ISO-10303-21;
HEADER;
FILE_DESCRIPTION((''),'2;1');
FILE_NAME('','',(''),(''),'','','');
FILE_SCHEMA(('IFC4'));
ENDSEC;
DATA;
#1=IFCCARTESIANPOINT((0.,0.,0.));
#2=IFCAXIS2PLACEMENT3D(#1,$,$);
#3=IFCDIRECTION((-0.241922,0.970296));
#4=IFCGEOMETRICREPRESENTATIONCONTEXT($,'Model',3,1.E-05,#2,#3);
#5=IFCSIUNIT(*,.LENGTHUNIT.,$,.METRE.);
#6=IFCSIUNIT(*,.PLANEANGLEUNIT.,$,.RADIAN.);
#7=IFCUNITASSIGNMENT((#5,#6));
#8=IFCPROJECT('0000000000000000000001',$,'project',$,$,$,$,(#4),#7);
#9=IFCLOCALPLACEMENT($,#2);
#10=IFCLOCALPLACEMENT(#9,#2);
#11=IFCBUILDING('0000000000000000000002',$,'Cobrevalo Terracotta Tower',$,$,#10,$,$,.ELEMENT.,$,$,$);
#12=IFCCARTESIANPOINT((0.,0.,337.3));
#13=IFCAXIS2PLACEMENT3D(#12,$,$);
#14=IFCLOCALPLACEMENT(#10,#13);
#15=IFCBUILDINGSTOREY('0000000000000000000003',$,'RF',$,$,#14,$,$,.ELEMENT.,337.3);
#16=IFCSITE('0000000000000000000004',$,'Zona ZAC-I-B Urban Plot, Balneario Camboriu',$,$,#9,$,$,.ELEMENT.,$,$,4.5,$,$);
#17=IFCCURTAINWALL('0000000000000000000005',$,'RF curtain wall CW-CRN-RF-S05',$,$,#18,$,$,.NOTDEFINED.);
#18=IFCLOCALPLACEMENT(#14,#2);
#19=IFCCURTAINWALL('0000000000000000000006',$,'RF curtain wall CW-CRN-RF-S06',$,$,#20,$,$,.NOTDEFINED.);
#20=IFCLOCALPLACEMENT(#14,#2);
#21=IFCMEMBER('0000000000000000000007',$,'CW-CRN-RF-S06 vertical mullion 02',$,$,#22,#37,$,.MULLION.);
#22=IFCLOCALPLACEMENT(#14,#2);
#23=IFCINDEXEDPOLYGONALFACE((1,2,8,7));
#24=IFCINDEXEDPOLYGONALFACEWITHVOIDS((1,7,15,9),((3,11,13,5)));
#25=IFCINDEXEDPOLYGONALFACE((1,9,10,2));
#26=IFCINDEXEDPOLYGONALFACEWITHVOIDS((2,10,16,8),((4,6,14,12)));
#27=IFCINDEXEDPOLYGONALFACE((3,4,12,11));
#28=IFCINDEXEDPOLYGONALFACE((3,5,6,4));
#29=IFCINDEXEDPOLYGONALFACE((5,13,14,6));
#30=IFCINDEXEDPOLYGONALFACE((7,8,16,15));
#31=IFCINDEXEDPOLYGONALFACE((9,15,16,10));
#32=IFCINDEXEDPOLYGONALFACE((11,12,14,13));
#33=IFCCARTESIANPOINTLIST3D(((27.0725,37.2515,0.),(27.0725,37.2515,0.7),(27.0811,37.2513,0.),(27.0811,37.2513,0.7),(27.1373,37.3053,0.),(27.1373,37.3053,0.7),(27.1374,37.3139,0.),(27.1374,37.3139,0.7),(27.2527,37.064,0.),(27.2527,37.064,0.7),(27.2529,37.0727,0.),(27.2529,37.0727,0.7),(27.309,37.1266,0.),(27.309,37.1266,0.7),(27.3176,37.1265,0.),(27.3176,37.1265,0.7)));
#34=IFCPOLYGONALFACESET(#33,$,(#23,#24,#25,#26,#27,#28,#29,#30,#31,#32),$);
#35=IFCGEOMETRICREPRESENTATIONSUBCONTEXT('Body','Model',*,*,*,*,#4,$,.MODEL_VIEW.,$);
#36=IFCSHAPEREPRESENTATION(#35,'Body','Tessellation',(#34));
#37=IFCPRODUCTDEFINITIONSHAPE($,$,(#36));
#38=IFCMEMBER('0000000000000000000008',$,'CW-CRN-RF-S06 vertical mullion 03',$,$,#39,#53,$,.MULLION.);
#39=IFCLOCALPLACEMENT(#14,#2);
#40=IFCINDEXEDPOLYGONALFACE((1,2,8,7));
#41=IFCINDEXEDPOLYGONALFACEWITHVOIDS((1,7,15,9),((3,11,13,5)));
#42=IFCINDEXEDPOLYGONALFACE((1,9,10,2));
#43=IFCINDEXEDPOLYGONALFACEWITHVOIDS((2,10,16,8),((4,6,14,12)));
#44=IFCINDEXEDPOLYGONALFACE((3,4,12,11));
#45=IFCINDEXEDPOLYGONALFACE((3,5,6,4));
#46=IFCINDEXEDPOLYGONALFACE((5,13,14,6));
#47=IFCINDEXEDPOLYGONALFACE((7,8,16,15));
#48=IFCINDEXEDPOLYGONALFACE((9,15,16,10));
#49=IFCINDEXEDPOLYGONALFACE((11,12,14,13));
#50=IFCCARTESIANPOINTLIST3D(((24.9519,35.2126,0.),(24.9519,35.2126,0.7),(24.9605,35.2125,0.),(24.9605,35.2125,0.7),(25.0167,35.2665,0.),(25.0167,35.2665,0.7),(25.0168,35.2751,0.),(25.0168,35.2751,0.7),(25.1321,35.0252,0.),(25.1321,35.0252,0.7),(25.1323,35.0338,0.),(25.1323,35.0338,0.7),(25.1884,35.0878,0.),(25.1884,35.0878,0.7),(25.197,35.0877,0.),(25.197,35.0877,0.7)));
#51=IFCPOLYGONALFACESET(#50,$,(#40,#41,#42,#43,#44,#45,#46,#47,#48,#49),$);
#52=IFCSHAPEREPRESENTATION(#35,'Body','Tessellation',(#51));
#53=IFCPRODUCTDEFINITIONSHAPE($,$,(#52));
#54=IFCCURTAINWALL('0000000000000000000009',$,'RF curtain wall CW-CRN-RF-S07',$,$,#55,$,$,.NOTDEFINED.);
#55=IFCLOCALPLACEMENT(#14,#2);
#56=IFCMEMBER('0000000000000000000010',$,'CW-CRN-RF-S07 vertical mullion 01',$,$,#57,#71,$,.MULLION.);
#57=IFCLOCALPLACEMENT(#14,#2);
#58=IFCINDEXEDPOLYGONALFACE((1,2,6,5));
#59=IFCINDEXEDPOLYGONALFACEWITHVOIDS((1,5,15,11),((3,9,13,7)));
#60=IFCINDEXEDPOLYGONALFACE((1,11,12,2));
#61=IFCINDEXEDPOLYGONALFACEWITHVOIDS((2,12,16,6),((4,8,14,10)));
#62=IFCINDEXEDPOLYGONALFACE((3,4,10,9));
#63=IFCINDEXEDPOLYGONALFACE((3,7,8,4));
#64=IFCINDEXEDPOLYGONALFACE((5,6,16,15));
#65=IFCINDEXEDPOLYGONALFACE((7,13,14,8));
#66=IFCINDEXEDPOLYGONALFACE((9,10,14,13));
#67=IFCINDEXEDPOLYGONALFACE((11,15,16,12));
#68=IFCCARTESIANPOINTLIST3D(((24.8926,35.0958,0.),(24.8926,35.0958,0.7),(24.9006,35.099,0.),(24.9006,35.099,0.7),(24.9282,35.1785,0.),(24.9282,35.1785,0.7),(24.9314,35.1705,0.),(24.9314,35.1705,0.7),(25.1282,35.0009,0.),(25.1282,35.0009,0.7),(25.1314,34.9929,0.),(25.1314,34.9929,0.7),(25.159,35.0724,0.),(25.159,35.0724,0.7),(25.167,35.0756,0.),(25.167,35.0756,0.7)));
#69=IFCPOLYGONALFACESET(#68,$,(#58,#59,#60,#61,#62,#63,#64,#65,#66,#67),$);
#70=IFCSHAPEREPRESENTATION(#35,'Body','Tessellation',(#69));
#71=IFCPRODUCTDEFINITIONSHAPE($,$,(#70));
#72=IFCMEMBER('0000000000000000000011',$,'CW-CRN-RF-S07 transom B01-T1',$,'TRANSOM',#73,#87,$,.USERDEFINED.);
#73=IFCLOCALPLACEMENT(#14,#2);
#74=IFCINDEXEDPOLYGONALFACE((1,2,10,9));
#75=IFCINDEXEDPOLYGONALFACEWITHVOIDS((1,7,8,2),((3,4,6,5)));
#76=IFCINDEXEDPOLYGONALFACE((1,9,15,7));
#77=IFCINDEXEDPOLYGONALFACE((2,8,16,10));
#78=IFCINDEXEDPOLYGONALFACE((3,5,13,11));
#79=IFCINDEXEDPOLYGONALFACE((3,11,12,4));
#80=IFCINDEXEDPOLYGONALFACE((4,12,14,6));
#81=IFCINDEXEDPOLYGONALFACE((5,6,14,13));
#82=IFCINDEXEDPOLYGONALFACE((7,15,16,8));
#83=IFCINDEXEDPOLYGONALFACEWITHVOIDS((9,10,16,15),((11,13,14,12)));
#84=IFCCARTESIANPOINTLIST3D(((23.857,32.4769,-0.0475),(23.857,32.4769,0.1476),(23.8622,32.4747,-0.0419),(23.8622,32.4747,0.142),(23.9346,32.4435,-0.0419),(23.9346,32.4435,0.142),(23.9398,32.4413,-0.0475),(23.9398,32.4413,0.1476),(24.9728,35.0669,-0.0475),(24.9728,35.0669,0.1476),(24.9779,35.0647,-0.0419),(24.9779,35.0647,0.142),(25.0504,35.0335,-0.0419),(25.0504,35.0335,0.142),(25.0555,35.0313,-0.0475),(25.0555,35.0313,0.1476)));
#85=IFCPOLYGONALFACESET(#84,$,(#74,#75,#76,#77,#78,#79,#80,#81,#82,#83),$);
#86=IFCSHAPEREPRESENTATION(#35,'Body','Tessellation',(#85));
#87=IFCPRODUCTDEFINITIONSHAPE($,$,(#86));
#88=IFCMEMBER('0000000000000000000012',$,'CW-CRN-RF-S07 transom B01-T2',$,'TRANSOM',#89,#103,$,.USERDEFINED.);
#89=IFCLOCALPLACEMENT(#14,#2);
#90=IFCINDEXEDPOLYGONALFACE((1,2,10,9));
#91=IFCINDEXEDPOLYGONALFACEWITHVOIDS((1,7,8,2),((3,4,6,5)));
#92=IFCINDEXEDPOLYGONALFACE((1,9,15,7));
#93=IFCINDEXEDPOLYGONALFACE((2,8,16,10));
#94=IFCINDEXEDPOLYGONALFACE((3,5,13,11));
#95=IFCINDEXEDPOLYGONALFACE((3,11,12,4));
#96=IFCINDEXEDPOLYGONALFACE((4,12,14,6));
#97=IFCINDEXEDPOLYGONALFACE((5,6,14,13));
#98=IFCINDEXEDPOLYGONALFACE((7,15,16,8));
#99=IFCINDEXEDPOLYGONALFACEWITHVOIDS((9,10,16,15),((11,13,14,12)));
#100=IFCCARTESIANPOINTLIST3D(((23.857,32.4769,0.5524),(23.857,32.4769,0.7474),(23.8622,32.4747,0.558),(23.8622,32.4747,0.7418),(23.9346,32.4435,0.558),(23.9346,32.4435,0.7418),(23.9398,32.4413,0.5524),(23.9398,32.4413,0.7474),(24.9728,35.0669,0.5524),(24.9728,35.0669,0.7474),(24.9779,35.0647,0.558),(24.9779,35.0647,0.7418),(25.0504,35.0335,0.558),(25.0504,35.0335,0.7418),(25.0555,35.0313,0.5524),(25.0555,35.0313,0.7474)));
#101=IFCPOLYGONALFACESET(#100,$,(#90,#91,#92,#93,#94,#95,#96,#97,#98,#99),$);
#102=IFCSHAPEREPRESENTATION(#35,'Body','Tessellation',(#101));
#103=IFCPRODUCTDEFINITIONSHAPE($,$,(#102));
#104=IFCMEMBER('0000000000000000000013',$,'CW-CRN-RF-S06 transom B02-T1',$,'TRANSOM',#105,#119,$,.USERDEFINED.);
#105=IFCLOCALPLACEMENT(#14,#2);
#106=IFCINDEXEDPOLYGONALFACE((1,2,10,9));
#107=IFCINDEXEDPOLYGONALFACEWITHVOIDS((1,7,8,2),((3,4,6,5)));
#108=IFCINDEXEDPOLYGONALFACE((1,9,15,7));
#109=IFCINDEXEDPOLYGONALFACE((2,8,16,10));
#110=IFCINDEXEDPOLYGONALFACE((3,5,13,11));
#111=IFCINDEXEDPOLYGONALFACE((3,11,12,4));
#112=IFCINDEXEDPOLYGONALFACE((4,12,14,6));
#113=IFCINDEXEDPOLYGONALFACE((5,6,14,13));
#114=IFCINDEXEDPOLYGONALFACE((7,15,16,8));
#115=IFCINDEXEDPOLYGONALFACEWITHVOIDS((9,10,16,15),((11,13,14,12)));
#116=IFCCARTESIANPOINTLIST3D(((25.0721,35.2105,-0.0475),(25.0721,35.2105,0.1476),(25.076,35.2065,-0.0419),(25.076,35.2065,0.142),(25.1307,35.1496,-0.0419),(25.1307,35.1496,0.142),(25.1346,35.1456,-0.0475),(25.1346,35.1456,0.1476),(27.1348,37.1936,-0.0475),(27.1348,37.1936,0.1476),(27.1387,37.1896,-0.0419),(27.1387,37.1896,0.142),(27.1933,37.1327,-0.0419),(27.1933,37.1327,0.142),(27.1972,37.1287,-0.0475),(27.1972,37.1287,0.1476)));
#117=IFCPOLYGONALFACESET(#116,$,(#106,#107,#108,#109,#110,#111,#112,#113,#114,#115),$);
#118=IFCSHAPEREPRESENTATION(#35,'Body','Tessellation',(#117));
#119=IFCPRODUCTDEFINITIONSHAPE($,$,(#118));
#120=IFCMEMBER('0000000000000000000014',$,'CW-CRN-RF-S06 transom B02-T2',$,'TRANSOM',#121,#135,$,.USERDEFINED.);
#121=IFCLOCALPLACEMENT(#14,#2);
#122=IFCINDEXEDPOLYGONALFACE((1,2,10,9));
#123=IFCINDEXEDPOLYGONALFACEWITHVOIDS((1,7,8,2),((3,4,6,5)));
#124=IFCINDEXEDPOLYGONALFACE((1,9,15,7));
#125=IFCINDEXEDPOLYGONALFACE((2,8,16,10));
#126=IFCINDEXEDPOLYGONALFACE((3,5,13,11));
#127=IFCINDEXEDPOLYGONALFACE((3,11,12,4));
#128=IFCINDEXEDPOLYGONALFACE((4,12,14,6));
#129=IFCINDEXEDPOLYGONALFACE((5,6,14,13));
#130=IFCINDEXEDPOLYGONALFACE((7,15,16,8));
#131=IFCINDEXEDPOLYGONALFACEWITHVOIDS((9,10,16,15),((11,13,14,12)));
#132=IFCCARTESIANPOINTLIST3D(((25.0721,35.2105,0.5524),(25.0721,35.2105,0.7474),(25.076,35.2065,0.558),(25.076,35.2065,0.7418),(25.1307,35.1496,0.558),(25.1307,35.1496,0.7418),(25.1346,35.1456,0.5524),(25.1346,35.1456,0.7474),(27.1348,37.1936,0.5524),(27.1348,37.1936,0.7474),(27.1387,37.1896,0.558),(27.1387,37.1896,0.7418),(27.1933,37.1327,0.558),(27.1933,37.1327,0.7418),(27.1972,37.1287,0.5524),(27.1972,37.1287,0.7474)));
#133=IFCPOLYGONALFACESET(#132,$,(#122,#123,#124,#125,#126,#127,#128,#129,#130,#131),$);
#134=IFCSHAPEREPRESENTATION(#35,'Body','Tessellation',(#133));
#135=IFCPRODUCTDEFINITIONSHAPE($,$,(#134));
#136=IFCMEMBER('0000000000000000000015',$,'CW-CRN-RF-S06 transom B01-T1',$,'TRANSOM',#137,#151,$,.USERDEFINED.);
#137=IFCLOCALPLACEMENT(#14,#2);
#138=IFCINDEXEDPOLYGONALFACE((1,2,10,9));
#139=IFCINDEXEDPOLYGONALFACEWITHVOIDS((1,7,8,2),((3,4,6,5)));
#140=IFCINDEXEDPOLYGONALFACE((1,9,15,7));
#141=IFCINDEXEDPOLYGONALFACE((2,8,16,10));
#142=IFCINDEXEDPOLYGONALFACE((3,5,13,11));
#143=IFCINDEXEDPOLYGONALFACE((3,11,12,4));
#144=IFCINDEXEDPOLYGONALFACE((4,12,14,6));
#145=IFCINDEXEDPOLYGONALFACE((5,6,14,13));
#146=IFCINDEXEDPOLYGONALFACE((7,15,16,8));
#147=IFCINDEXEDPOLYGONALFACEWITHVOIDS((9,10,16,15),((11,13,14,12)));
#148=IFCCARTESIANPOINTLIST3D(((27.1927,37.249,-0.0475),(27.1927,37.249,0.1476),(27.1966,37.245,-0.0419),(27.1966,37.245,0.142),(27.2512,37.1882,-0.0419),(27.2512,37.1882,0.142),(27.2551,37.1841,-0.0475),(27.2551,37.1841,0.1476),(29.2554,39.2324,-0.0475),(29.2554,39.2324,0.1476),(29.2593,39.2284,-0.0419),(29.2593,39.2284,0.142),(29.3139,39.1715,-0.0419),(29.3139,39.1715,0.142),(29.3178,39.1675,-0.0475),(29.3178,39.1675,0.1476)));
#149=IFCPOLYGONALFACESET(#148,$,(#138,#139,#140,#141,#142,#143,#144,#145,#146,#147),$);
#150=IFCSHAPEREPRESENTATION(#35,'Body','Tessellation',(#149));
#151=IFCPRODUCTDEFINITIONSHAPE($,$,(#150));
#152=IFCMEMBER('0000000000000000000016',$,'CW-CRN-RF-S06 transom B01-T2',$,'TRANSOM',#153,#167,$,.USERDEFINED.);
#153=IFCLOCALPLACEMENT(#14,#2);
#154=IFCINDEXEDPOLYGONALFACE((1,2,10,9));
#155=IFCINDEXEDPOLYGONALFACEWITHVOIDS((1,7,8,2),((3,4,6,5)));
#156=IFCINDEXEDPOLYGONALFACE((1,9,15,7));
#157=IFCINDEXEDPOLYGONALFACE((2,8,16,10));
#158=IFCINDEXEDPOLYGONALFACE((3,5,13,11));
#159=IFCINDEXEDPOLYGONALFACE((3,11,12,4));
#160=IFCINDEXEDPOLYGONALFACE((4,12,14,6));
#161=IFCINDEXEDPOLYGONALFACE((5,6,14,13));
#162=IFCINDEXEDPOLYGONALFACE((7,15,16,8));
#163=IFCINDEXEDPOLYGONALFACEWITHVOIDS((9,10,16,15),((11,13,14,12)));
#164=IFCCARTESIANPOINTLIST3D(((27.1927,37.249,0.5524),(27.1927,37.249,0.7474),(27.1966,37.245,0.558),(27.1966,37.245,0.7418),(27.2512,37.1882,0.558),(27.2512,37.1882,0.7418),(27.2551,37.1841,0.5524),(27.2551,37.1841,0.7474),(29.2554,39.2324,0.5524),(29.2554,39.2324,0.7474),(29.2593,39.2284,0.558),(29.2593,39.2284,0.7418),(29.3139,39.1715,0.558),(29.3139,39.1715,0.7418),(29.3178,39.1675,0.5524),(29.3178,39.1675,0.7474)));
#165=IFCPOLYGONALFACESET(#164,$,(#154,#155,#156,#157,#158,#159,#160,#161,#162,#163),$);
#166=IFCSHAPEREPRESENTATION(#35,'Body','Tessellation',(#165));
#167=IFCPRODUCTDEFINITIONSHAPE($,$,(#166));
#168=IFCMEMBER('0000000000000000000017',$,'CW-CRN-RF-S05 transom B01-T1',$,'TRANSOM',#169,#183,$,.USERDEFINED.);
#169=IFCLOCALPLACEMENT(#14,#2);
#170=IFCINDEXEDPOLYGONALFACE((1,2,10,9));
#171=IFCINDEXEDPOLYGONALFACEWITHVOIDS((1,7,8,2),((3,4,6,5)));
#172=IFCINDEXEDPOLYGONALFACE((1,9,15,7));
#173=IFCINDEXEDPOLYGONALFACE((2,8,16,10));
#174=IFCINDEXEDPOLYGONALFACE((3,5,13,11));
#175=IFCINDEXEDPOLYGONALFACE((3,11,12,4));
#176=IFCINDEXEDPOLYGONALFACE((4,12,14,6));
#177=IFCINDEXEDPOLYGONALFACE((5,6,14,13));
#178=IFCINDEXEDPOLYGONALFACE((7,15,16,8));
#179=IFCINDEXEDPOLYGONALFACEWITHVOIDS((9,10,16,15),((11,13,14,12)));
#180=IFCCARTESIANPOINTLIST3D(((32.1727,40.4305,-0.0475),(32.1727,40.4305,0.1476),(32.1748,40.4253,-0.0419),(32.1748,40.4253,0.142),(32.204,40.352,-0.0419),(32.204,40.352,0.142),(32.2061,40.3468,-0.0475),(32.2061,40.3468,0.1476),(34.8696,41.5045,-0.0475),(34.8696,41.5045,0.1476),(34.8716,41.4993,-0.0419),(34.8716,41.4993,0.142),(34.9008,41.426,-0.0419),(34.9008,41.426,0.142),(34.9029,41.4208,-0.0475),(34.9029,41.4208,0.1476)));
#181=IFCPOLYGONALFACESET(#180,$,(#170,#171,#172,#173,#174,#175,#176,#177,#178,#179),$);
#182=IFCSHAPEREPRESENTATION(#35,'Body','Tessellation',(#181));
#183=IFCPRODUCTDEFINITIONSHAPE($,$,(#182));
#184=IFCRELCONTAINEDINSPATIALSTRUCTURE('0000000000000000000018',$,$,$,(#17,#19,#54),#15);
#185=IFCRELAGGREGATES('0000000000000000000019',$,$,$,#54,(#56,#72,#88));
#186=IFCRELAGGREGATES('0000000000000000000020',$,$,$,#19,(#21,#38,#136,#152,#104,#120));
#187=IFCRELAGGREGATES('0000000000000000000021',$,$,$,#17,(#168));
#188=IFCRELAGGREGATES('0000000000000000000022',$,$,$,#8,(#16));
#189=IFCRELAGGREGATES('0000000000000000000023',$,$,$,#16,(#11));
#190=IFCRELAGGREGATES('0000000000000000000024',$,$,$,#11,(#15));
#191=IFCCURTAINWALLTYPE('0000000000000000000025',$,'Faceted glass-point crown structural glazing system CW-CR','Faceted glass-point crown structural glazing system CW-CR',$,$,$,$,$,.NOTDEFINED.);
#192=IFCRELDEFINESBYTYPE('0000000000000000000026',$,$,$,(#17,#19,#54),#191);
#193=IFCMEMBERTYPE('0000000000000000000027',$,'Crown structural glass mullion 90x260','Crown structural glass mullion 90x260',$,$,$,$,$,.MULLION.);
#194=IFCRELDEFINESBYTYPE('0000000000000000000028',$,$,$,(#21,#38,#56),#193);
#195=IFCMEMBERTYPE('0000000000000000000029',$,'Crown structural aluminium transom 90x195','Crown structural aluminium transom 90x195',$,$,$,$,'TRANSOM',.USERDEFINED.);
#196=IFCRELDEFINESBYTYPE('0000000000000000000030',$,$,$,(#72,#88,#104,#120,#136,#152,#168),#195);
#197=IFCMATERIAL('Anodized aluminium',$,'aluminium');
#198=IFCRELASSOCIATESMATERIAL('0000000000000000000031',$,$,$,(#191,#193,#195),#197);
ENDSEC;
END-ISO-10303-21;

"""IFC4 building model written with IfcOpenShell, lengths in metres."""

from ifc_helpers import new_model, si_unit, direction, frame, origin, origin_2d, place, context, subcontext, project, spatial, hollow_rectangle, extrude, source, transform, mapped, material, material_profile, profile_set, type_object, element, aggregate, save


model = new_model("IFC4")

# Units and contexts
model_context = context("Model", 3, precision=1e-05, world=origin(), true_north=direction((-0.241922, 0.970296)))
body_context = subcontext(model_context, "Body", "Model", "MODEL_VIEW")
ifc_project = project(units=[si_unit("LENGTHUNIT", "METRE"), si_unit("PLANEANGLEUNIT", "RADIAN")], contexts=[model_context])

# Site, building, storey
site_placement = place(None, origin())
site = spatial("IfcSite", under=ifc_project, at=site_placement, Name="Zona ZAC-I-B Urban Plot, Balneario Camboriu", CompositionType="ELEMENT", RefElevation=4.5)
building_placement = place(site_placement, origin())
building = spatial("IfcBuilding", under=site, at=building_placement, Name="Cobrevalo Terracotta Tower", CompositionType="ELEMENT")
storey_placement = place(building_placement, frame((0.0, 0.0, 337.3)))
storey = spatial("IfcBuildingStorey", under=building, at=storey_placement, Name="RF", CompositionType="ELEMENT", Elevation=337.3)

# Shared definitions
ifc_material_1 = material(Name="Anodized aluminium", Category="aluminium")
curtain_wall_type = type_object("IfcCurtainWallType", Name="Faceted glass-point crown structural glazing system CW-CR", Description="Faceted glass-point crown structural glazing system CW-CR", PredefinedType="NOTDEFINED", material=ifc_material_1)
ifc_material_profile_1 = material_profile(ifc_material_1, hollow_rectangle(XDim=0.0901, YDim=0.26, WallThickness=0.0061, at=origin_2d()), Name="CWM 90x260")
ifc_profile_set_1 = profile_set([ifc_material_profile_1], Name="Anodized aluminium")
member_type_1 = type_object("IfcMemberType", Name="Crown structural glass mullion 90x260", Description="Crown structural glass mullion 90x260", PredefinedType="MULLION", material=ifc_profile_set_1)
shared_shape_1 = source(origin(), body_context, "Body", "SweptSolid", [
    extrude(hollow_rectangle(XDim=0.0901, YDim=0.26, WallThickness=0.0061, at=origin_2d()), origin(), (0.0, 0.0, 1.0), 0.7),
])

# Curtain walls, members
curtain_wall_1_placement = place(storey_placement, origin())
curtain_wall_1 = element("IfcCurtainWall", 1, at=curtain_wall_1_placement, inside=storey, type_object=curtain_wall_type, Name="RF curtain wall CW-CRN-RF-S05", PredefinedType="NOTDEFINED")
curtain_wall_2_placement = place(storey_placement, origin())
curtain_wall_2 = element("IfcCurtainWall", 2, at=curtain_wall_2_placement, inside=storey, type_object=curtain_wall_type, Name="RF curtain wall CW-CRN-RF-S06", PredefinedType="NOTDEFINED")
member_1_placement = place(storey_placement, frame((27.1951, 37.189, 0.0), z_axis=(0.0, 0.0, 1.0), x_axis=(-0.720854, -0.693087, 0.0)))
member_1 = element("IfcMember", 3, at=member_1_placement, type_object=member_type_1, Name="CW-CRN-RF-S06 vertical mullion 02", PredefinedType="MULLION", context=body_context, shape_type="MappedRepresentation", body=[
    mapped(shared_shape_1, transform((0.0, 0.0, 0.0), scale=1.0)),
])
member_2_placement = place(storey_placement, frame((25.0745, 35.1501, 0.0), z_axis=(0.0, 0.0, 1.0), x_axis=(-0.720854, -0.693087, 0.0)))
member_2 = element("IfcMember", 4, at=member_2_placement, type_object=member_type_1, Name="CW-CRN-RF-S06 vertical mullion 03", PredefinedType="MULLION", context=body_context, shape_type="MappedRepresentation", body=[
    mapped(shared_shape_1, transform((0.0, 0.0, 0.0), scale=1.0)),
])
curtain_wall_3_placement = place(storey_placement, origin())
curtain_wall_3 = element("IfcCurtainWall", 5, at=curtain_wall_3_placement, inside=storey, type_object=curtain_wall_type, Name="RF curtain wall CW-CRN-RF-S07", PredefinedType="NOTDEFINED")
member_3_placement = place(storey_placement, frame((25.0298, 35.0857, 0.0), z_axis=(0.0, 0.0, 1.0), x_axis=(-0.395658, -0.918398, 0.0)))
member_3 = element("IfcMember", 6, at=member_3_placement, type_object=member_type_1, Name="CW-CRN-RF-S07 vertical mullion 01", PredefinedType="MULLION", context=body_context, shape_type="MappedRepresentation", body=[
    mapped(shared_shape_1, transform((0.0, 0.0, 0.0), scale=1.0)),
])
ifc_material_profile_2 = material_profile(ifc_material_1, hollow_rectangle(XDim=0.0901, YDim=0.1951, WallThickness=0.0056, at=origin_2d()), Name="CWT 90x195")
ifc_profile_set_2 = profile_set([ifc_material_profile_2], Name="Anodized aluminium")
member_type_2 = type_object("IfcMemberType", Name="Crown structural aluminium transom 90x195", Description="Crown structural aluminium transom 90x195", ElementType="TRANSOM", PredefinedType="USERDEFINED", material=ifc_profile_set_2)
shared_shape_2 = source(origin(), body_context, "Body", "SweptSolid", [
    extrude(hollow_rectangle(XDim=0.0901, YDim=0.1951, WallThickness=0.0056, at=origin_2d()), origin(), (0.0, 0.0, 1.0), 2.8201),
])
member_4_placement = place(storey_placement, frame((25.0142, 35.0491, 0.05), z_axis=(-0.395653, -0.9184, 0.0), x_axis=(0.9184, -0.395653, 0.0)))
member_4 = element("IfcMember", 7, at=member_4_placement, type_object=member_type_2, Name="CW-CRN-RF-S07 transom B01-T1", ObjectType="TRANSOM", PredefinedType="USERDEFINED", context=body_context, shape_type="MappedRepresentation", body=[
    mapped(shared_shape_2, transform((0.0, 0.0, 0.0), scale=1.0)),
])
member_5_placement = place(storey_placement, frame((25.0142, 35.0491, 0.6499), z_axis=(-0.395653, -0.9184, 0.0), x_axis=(0.9184, -0.395653, 0.0)))
member_5 = element("IfcMember", 8, at=member_5_placement, type_object=member_type_2, Name="CW-CRN-RF-S07 transom B01-T2", ObjectType="TRANSOM", PredefinedType="USERDEFINED", context=body_context, shape_type="MappedRepresentation", body=[
    mapped(shared_shape_2, transform((0.0, 0.0, 0.0), scale=1.0)),
])
aggregate(curtain_wall_3, [member_3, member_4, member_5])

# Members
shared_shape_3 = source(origin(), body_context, "Body", "SweptSolid", [
    extrude(hollow_rectangle(XDim=0.0901, YDim=0.1951, WallThickness=0.0056, at=origin_2d()), origin(), (0.0, 0.0, 1.0), 2.8613),
])
member_6_placement = place(storey_placement, frame((27.166, 37.1611, 0.05), z_axis=(-0.720877, -0.693063, 0.0), x_axis=(0.693063, -0.720877, 0.0)))
member_6 = element("IfcMember", 9, at=member_6_placement, type_object=member_type_2, Name="CW-CRN-RF-S06 transom B02-T1", ObjectType="TRANSOM", PredefinedType="USERDEFINED", context=body_context, shape_type="MappedRepresentation", body=[
    mapped(shared_shape_3, transform((0.0, 0.0, 0.0), scale=1.0)),
])
member_7_placement = place(storey_placement, frame((27.166, 37.1611, 0.6499), z_axis=(-0.720877, -0.693063, 0.0), x_axis=(0.693063, -0.720877, 0.0)))
member_7 = element("IfcMember", 10, at=member_7_placement, type_object=member_type_2, Name="CW-CRN-RF-S06 transom B02-T2", ObjectType="TRANSOM", PredefinedType="USERDEFINED", context=body_context, shape_type="MappedRepresentation", body=[
    mapped(shared_shape_3, transform((0.0, 0.0, 0.0), scale=1.0)),
])
shared_shape_4 = source(origin(), body_context, "Body", "SweptSolid", [
    extrude(hollow_rectangle(XDim=0.0901, YDim=0.1951, WallThickness=0.0056, at=origin_2d()), origin(), (0.0, 0.0, 1.0), 2.8616),
])
member_8_placement = place(storey_placement, frame((29.2866, 39.2, 0.05), z_axis=(-0.720835, -0.693107, 0.0), x_axis=(0.693107, -0.720835, 0.0)))
member_8 = element("IfcMember", 11, at=member_8_placement, type_object=member_type_2, Name="CW-CRN-RF-S06 transom B01-T1", ObjectType="TRANSOM", PredefinedType="USERDEFINED", context=body_context, shape_type="MappedRepresentation", body=[
    mapped(shared_shape_4, transform((0.0, 0.0, 0.0), scale=1.0)),
])
member_9_placement = place(storey_placement, frame((29.2866, 39.2, 0.6499), z_axis=(-0.720835, -0.693107, 0.0), x_axis=(0.693107, -0.720835, 0.0)))
member_9 = element("IfcMember", 12, at=member_9_placement, type_object=member_type_2, Name="CW-CRN-RF-S06 transom B01-T2", ObjectType="TRANSOM", PredefinedType="USERDEFINED", context=body_context, shape_type="MappedRepresentation", body=[
    mapped(shared_shape_4, transform((0.0, 0.0, 0.0), scale=1.0)),
])
shared_shape_5 = source(origin(), body_context, "Body", "SweptSolid", [
    extrude(hollow_rectangle(XDim=0.0901, YDim=0.1951, WallThickness=0.0056, at=origin_2d()), origin(), (0.0, 0.0, 1.0), 2.9028),
])
member_10_placement = place(storey_placement, frame((34.8862, 41.4626, 0.05), z_axis=(-0.929038, -0.369984, 0.0), x_axis=(0.369984, -0.929038, 0.0)))
member_10 = element("IfcMember", 13, at=member_10_placement, type_object=member_type_2, Name="CW-CRN-RF-S05 transom B01-T1", ObjectType="TRANSOM", PredefinedType="USERDEFINED", context=body_context, shape_type="MappedRepresentation", body=[
    mapped(shared_shape_5, transform((0.0, 0.0, 0.0), scale=1.0)),
])

aggregate(curtain_wall_2, [member_1, member_2, member_8, member_9, member_6, member_7])
aggregate(curtain_wall_1, [member_10])

save(model, "model.ifc")
